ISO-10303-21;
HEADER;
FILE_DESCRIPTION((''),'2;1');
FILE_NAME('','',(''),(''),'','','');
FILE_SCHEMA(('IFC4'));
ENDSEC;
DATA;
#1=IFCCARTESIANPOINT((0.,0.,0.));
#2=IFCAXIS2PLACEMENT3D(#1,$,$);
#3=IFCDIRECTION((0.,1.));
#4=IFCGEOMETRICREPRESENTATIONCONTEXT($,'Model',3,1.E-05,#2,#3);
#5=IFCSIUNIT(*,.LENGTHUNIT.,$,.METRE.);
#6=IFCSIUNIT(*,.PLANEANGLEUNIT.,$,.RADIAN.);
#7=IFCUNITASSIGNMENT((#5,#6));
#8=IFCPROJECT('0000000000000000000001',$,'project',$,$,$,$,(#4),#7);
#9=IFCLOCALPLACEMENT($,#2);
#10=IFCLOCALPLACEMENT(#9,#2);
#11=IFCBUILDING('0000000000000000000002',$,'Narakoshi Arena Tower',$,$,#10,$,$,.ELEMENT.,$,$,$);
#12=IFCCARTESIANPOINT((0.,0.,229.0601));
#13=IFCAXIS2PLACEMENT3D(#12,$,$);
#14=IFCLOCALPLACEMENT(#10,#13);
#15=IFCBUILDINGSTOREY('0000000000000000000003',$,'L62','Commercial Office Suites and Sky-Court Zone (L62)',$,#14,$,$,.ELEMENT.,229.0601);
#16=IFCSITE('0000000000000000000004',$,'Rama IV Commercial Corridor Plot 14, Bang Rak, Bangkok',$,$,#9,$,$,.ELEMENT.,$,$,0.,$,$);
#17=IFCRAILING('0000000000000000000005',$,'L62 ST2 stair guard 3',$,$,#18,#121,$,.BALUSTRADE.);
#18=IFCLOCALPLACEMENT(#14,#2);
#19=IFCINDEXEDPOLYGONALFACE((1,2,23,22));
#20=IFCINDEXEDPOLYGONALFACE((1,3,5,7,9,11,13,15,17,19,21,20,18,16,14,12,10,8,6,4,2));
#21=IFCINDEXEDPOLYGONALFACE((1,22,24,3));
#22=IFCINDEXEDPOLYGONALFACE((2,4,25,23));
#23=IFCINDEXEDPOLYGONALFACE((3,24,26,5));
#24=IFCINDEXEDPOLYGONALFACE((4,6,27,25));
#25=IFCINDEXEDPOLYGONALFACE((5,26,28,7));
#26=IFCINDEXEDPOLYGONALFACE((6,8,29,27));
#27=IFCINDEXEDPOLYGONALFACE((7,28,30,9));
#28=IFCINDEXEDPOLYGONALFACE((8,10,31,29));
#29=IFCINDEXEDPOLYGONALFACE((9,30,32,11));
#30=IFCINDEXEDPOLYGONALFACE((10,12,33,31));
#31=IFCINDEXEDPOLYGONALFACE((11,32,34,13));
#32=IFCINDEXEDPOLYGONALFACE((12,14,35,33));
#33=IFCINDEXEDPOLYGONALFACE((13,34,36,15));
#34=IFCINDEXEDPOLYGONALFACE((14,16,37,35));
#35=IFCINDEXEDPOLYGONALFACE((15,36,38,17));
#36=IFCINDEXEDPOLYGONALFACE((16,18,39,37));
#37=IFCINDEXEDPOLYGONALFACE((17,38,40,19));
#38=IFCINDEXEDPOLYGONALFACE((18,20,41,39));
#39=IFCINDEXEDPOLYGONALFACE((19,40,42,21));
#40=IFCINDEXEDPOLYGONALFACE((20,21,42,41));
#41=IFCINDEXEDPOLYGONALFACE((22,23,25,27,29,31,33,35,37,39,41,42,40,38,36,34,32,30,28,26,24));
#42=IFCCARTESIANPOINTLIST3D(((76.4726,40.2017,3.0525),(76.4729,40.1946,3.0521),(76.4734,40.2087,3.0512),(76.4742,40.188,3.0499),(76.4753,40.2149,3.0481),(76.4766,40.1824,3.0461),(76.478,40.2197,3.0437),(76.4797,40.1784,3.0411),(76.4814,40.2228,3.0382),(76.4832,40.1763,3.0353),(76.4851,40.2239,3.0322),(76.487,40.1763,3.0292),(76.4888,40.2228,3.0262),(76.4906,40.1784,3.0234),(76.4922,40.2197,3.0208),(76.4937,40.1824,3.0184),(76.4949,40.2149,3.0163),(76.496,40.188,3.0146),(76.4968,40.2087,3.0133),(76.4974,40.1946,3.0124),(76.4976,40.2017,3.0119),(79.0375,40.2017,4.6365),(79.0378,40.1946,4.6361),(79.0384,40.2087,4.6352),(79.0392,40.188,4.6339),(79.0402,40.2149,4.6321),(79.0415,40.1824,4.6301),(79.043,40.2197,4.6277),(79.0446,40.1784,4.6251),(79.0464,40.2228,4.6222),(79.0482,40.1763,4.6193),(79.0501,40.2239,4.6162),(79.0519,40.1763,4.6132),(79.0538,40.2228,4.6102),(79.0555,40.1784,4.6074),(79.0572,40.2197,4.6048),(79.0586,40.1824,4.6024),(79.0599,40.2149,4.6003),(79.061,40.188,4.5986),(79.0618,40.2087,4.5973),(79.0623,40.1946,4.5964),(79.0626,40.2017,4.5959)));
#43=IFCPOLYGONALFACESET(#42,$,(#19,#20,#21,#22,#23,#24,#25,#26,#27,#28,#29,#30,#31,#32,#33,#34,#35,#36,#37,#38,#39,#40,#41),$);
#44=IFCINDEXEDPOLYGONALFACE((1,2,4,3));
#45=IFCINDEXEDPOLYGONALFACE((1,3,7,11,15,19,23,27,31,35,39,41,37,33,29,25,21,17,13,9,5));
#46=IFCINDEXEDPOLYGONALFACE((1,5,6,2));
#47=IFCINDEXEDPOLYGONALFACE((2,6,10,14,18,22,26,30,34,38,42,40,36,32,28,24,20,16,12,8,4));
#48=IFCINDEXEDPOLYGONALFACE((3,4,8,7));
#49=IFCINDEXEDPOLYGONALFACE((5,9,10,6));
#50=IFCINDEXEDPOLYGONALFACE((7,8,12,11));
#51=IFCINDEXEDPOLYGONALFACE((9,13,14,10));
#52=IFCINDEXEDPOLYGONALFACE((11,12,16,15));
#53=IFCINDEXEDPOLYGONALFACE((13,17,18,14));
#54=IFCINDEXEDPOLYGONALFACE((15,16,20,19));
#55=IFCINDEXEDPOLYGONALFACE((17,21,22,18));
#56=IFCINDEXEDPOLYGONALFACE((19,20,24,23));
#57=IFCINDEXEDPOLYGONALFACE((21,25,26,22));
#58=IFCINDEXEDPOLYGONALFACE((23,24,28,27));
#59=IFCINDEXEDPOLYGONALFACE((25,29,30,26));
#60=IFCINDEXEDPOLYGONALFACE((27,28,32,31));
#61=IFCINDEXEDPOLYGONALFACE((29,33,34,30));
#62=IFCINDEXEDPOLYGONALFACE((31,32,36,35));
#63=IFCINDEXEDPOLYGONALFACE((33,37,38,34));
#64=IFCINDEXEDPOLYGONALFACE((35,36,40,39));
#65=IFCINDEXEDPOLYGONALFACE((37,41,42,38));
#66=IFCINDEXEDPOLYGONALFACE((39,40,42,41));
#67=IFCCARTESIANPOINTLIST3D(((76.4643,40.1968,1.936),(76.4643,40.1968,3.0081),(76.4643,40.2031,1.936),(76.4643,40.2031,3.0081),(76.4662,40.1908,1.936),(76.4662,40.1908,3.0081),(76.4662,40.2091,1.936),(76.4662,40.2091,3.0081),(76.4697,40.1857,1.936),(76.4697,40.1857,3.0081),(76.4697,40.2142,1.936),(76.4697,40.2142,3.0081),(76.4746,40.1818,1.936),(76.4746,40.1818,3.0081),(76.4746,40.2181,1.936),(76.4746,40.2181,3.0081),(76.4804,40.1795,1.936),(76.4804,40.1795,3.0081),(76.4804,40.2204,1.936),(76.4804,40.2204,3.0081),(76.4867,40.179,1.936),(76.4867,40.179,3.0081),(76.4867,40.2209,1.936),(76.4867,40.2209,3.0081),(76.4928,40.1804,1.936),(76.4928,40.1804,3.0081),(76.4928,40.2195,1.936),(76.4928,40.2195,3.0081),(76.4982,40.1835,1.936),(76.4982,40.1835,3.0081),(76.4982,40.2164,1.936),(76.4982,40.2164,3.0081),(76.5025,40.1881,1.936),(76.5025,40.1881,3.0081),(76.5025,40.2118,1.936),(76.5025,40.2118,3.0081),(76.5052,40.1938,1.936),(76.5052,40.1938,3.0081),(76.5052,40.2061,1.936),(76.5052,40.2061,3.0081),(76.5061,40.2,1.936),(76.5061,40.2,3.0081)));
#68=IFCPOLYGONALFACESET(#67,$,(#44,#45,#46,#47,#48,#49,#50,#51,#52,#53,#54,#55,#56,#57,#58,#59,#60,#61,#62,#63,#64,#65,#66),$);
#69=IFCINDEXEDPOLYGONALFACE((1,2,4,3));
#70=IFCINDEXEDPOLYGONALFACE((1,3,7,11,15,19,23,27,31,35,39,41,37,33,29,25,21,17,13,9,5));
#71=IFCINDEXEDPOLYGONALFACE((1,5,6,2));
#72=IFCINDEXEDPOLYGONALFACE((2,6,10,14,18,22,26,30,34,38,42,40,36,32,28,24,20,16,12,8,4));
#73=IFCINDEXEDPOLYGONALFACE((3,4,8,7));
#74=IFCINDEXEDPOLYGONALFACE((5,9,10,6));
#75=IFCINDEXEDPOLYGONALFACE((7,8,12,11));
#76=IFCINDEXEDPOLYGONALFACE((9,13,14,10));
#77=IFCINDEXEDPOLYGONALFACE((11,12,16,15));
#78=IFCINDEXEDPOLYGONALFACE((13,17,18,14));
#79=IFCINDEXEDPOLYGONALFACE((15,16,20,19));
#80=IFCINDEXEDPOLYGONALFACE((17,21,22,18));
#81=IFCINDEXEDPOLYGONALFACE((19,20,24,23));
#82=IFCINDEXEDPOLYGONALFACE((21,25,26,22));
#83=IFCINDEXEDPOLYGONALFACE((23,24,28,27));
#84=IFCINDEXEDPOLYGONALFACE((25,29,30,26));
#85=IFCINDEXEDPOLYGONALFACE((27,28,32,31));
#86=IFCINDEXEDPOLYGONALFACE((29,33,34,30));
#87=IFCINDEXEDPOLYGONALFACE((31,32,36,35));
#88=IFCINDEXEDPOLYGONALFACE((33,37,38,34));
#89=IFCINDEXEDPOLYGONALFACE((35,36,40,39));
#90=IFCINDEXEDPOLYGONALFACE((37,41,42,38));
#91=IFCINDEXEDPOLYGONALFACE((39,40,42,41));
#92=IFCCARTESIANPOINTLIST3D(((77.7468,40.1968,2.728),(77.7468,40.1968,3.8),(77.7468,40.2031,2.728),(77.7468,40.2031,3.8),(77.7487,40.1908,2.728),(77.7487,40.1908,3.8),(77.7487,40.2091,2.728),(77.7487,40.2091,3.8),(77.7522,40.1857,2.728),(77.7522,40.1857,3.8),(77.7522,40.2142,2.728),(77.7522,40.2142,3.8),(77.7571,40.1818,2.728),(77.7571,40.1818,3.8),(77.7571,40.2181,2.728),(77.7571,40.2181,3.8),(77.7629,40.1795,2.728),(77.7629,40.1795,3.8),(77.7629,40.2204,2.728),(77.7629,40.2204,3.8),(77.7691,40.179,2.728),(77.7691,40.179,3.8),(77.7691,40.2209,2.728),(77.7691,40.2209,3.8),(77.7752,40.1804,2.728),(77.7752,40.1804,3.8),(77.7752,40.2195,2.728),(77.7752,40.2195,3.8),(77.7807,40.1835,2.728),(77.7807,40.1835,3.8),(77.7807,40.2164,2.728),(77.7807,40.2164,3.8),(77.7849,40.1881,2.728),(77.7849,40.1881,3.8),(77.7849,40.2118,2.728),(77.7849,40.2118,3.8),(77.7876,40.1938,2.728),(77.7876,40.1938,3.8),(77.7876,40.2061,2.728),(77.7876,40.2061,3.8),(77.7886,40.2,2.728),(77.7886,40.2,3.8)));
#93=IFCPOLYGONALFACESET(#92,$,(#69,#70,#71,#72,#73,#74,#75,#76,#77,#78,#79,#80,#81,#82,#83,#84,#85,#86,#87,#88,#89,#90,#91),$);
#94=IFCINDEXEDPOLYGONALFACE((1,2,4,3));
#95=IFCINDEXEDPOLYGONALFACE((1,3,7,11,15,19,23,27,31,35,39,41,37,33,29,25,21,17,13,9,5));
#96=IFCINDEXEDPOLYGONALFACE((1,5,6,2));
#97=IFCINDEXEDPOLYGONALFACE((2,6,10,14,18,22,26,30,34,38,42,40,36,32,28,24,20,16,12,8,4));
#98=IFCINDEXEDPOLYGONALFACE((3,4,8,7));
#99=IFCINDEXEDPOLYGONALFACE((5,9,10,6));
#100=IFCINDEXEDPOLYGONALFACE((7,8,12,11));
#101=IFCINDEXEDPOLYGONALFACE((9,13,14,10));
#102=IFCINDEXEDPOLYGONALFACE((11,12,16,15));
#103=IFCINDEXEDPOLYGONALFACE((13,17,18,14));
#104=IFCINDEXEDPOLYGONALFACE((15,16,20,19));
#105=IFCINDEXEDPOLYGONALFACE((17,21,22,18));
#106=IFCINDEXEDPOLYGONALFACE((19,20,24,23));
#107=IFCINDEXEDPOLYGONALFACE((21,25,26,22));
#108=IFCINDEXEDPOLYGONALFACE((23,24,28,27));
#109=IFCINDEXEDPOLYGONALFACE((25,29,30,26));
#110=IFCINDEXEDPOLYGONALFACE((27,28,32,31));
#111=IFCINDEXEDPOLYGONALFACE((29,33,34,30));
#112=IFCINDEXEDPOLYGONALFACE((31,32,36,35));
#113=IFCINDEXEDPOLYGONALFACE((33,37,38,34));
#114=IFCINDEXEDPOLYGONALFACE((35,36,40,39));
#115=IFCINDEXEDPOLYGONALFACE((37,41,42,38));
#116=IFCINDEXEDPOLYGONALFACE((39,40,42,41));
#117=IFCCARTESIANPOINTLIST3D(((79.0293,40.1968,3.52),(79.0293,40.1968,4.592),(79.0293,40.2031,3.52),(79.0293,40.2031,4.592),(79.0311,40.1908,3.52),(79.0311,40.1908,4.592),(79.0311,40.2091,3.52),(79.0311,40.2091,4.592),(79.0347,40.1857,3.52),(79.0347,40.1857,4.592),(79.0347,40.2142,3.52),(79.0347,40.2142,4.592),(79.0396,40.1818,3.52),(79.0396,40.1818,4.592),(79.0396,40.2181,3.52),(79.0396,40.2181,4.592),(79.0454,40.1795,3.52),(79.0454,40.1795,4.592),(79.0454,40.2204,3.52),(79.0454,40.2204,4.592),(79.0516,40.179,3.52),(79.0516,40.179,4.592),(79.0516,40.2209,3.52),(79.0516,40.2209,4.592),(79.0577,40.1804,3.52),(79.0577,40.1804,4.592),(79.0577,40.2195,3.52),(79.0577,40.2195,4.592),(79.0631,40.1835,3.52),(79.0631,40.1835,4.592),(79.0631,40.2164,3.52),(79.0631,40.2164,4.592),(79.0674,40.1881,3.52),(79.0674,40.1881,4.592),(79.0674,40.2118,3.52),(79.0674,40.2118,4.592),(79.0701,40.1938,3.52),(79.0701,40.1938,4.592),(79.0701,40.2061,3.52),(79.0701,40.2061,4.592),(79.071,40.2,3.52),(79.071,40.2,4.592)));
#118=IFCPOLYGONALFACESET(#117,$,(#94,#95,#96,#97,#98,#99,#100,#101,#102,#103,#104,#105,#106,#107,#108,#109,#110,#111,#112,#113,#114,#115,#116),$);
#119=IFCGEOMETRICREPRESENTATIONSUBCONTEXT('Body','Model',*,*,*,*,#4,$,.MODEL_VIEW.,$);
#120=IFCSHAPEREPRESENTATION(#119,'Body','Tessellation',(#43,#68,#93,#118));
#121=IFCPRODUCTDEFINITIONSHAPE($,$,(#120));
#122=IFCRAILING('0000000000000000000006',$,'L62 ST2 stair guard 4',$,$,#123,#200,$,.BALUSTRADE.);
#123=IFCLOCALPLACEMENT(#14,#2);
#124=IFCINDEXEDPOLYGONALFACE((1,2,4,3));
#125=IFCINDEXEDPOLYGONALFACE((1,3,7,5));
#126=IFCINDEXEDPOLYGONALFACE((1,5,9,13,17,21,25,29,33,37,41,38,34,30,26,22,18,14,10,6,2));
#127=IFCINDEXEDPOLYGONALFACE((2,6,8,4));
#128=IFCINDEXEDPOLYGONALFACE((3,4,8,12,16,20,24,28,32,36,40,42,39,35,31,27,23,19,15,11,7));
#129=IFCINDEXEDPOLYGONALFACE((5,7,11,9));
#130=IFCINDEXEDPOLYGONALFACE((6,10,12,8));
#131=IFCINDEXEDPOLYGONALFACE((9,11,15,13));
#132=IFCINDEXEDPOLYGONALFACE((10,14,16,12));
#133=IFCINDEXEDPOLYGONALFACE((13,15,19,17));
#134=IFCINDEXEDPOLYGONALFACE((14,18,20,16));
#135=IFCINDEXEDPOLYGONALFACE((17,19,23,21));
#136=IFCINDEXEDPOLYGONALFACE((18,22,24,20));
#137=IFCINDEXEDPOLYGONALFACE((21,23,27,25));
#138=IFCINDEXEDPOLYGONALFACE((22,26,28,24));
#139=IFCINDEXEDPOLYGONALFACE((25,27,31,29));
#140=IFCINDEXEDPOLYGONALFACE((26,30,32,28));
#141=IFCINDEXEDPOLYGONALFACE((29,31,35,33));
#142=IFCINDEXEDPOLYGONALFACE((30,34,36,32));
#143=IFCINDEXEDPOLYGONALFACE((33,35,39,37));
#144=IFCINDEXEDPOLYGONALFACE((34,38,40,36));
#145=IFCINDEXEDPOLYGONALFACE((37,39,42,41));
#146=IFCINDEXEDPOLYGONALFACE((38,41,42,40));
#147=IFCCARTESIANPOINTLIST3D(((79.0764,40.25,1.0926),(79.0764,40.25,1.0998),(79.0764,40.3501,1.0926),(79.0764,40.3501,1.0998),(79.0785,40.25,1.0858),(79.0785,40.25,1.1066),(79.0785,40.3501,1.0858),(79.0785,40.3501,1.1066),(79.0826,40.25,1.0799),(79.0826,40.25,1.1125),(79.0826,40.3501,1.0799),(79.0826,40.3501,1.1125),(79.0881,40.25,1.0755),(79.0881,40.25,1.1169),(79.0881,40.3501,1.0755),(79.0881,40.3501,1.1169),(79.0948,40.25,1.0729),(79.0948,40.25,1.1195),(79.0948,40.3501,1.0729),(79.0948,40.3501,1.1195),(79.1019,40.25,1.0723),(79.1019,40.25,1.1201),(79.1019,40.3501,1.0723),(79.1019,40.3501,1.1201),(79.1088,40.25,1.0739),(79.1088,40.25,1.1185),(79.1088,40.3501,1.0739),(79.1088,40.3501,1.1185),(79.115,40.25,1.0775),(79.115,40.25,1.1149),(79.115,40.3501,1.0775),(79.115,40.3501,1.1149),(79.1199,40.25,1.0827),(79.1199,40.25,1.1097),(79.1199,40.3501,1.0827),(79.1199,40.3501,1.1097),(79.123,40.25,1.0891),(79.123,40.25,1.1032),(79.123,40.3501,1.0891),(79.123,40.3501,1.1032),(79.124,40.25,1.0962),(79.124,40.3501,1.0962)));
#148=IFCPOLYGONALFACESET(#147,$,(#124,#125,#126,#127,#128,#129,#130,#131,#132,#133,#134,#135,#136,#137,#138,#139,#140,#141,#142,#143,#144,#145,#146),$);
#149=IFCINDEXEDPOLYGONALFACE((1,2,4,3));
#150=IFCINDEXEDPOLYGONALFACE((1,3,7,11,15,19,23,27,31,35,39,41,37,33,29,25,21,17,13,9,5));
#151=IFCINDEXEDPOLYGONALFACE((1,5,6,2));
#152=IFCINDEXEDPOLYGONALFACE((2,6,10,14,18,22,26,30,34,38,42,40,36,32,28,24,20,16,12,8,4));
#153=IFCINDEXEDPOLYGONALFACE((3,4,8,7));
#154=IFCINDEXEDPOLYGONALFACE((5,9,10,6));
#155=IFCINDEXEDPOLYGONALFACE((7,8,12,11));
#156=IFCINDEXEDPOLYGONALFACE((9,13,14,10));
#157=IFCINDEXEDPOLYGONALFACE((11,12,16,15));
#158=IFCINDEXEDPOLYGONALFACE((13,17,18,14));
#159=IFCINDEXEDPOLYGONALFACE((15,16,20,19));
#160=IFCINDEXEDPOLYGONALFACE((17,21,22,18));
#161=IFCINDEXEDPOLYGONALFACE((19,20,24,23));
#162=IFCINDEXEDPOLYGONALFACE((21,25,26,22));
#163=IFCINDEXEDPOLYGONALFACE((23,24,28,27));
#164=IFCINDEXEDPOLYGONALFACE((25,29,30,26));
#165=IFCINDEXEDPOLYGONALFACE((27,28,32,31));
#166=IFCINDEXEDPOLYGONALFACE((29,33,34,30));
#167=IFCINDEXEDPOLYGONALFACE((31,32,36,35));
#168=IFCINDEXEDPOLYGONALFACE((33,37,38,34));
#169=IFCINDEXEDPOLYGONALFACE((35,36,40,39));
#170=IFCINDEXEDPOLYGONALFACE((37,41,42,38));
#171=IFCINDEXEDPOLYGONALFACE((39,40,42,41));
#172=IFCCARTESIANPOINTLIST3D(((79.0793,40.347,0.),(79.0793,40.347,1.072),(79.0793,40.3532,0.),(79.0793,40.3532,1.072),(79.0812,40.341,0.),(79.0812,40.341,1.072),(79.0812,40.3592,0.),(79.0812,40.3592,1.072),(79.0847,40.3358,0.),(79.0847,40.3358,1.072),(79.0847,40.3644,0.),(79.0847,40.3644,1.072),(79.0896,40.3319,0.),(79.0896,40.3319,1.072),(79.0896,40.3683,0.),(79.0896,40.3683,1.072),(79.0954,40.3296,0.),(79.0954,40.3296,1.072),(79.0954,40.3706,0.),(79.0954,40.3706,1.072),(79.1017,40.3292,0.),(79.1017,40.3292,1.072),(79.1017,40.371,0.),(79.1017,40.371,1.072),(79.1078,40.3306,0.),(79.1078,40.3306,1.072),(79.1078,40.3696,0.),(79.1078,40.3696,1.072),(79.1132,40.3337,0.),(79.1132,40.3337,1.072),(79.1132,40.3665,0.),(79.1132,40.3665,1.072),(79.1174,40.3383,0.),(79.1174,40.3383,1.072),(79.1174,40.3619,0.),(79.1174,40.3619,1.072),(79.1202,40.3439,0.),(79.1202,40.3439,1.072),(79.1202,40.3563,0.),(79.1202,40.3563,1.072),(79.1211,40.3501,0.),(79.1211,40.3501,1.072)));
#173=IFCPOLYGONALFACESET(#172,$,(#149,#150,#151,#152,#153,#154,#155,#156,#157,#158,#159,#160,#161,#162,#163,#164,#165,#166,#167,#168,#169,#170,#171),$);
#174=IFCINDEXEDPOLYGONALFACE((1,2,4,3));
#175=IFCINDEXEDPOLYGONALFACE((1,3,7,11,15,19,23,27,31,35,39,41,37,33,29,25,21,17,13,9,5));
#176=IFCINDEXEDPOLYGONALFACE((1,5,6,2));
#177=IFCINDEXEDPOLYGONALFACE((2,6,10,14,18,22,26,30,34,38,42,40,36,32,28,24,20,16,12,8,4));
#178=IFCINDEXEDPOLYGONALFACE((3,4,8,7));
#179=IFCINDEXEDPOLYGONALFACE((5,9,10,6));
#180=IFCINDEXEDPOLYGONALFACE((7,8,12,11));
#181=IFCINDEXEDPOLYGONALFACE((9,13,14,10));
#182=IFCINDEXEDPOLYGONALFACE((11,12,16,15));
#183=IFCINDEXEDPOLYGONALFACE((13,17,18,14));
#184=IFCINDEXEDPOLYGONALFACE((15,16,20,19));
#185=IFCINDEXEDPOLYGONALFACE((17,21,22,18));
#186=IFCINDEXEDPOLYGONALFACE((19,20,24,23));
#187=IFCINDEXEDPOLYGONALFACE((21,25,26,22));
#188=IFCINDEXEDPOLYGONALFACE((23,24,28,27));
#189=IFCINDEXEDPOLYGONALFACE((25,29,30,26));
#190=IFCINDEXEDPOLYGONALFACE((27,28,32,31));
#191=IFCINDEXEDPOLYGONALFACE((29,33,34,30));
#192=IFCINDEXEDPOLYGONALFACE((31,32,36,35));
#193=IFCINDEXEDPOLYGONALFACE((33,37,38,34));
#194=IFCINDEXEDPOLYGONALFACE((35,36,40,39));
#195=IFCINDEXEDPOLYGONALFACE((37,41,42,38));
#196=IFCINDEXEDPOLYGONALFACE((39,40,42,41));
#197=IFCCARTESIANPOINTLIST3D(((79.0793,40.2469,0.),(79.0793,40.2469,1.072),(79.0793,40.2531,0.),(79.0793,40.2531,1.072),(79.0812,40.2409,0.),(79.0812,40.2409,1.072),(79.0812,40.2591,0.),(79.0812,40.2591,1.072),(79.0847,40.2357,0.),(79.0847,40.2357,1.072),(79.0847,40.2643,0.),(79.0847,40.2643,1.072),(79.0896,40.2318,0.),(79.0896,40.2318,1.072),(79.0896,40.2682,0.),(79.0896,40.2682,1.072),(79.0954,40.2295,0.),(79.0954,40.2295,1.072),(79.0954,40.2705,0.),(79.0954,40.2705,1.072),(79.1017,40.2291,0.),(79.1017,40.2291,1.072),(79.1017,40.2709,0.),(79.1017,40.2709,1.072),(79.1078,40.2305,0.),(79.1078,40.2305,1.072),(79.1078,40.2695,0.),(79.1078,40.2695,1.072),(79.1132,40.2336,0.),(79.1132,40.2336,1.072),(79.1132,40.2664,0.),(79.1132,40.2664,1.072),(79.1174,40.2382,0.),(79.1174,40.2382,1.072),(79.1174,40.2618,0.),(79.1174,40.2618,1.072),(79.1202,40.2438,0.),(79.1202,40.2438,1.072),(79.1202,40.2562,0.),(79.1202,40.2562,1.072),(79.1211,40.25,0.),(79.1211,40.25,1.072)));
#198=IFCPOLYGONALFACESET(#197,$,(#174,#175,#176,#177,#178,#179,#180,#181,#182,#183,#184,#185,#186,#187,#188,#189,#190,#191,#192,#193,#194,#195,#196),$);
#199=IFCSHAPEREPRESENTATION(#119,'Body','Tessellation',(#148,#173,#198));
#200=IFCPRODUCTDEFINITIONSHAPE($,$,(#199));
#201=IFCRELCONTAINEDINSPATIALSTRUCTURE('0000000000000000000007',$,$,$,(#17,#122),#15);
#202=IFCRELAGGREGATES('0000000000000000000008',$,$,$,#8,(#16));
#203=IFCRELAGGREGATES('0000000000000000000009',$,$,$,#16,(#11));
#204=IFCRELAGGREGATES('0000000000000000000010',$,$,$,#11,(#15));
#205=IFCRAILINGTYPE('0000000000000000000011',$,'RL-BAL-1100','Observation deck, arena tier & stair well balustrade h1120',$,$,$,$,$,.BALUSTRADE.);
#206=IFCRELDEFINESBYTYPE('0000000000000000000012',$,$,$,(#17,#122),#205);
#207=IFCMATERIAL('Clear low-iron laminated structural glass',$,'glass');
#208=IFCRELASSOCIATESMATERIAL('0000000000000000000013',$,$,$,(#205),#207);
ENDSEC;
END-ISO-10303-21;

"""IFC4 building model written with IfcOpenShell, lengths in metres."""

from ifc_helpers import new_model, si_unit, direction, frame, origin, origin_2d, place, context, subcontext, project, spatial, circle, extrude, material, type_object, element, save


model = new_model("IFC4")

# Units and contexts
model_context = context("Model", 3, precision=1e-05, world=origin(), true_north=direction((0.0, 1.0)))
body_context = subcontext(model_context, "Body", "Model", "MODEL_VIEW")
ifc_project = project(units=[si_unit("LENGTHUNIT", "METRE"), si_unit("PLANEANGLEUNIT", "RADIAN")], contexts=[model_context])

# Site, building, storey
site_placement = place(None, origin())
site = spatial("IfcSite", under=ifc_project, at=site_placement, Name="Rama IV Commercial Corridor Plot 14, Bang Rak, Bangkok", CompositionType="ELEMENT", RefElevation=0.0)
building_placement = place(site_placement, origin())
building = spatial("IfcBuilding", under=site, at=building_placement, Name="Narakoshi Arena Tower", CompositionType="ELEMENT")
storey_placement = place(building_placement, frame((0.0, 0.0, 229.0601)))
storey = spatial("IfcBuildingStorey", under=building, at=storey_placement, Name="L62", Description="Commercial Office Suites and Sky-Court Zone (L62)", CompositionType="ELEMENT", Elevation=229.0601)

# Railings
ifc_material_1 = material(Name="Clear low-iron laminated structural glass", Category="glass")
railing_type_1 = type_object("IfcRailingType", Name="RL-BAL-1100", Description="Observation deck, arena tier & stair well balustrade h1120", PredefinedType="BALUSTRADE", material=ifc_material_1)
railing_1_placement = place(storey_placement, frame((76.4851, 40.2, 1.936)))
element("IfcRailing", 1, at=railing_1_placement, inside=storey, type_object=railing_type_1, Name="L62 ST2 stair guard 3", PredefinedType="BALUSTRADE", context=body_context, shape_type="SweptSolid", body=[
    extrude(circle(Radius=0.0239, at=origin_2d()), frame((0.0, 0.0, 1.0962), z_axis=(0.850834, 0.0, 0.525434), x_axis=(0.0, 1.0, 0.0)), (0.0, 0.0, 1.0), 3.0146),
    extrude(circle(Radius=0.021, at=origin_2d()), origin(), (0.0, 0.0, 1.0), 1.072),
    extrude(circle(Radius=0.021, at=origin_2d()), frame((1.2825, 0.0, 0.792)), (0.0, 0.0, 1.0), 1.072),
    extrude(circle(Radius=0.021, at=origin_2d()), frame((2.5649, 0.0, 1.584)), (0.0, 0.0, 1.0), 1.072),
])
railing_2_placement = place(storey_placement, frame((79.1001, 40.3501, 0.0)))
element("IfcRailing", 2, at=railing_2_placement, inside=storey, type_object=railing_type_1, Name="L62 ST2 stair guard 4", PredefinedType="BALUSTRADE", context=body_context, shape_type="SweptSolid", body=[
    extrude(circle(Radius=0.0239, at=origin_2d()), frame((0.0, 0.0, 1.0962), z_axis=(0.0, -1.0, 0.0), x_axis=(1.0, 0.0, 0.0)), (0.0, 0.0, 1.0), 0.1001),
    extrude(circle(Radius=0.021, at=origin_2d()), origin(), (0.0, 0.0, 1.0), 1.072),
    extrude(circle(Radius=0.021, at=origin_2d()), frame((0.0, -0.1001, 0.0)), (0.0, 0.0, 1.0), 1.072),
])

save(model, "model.ifc")
